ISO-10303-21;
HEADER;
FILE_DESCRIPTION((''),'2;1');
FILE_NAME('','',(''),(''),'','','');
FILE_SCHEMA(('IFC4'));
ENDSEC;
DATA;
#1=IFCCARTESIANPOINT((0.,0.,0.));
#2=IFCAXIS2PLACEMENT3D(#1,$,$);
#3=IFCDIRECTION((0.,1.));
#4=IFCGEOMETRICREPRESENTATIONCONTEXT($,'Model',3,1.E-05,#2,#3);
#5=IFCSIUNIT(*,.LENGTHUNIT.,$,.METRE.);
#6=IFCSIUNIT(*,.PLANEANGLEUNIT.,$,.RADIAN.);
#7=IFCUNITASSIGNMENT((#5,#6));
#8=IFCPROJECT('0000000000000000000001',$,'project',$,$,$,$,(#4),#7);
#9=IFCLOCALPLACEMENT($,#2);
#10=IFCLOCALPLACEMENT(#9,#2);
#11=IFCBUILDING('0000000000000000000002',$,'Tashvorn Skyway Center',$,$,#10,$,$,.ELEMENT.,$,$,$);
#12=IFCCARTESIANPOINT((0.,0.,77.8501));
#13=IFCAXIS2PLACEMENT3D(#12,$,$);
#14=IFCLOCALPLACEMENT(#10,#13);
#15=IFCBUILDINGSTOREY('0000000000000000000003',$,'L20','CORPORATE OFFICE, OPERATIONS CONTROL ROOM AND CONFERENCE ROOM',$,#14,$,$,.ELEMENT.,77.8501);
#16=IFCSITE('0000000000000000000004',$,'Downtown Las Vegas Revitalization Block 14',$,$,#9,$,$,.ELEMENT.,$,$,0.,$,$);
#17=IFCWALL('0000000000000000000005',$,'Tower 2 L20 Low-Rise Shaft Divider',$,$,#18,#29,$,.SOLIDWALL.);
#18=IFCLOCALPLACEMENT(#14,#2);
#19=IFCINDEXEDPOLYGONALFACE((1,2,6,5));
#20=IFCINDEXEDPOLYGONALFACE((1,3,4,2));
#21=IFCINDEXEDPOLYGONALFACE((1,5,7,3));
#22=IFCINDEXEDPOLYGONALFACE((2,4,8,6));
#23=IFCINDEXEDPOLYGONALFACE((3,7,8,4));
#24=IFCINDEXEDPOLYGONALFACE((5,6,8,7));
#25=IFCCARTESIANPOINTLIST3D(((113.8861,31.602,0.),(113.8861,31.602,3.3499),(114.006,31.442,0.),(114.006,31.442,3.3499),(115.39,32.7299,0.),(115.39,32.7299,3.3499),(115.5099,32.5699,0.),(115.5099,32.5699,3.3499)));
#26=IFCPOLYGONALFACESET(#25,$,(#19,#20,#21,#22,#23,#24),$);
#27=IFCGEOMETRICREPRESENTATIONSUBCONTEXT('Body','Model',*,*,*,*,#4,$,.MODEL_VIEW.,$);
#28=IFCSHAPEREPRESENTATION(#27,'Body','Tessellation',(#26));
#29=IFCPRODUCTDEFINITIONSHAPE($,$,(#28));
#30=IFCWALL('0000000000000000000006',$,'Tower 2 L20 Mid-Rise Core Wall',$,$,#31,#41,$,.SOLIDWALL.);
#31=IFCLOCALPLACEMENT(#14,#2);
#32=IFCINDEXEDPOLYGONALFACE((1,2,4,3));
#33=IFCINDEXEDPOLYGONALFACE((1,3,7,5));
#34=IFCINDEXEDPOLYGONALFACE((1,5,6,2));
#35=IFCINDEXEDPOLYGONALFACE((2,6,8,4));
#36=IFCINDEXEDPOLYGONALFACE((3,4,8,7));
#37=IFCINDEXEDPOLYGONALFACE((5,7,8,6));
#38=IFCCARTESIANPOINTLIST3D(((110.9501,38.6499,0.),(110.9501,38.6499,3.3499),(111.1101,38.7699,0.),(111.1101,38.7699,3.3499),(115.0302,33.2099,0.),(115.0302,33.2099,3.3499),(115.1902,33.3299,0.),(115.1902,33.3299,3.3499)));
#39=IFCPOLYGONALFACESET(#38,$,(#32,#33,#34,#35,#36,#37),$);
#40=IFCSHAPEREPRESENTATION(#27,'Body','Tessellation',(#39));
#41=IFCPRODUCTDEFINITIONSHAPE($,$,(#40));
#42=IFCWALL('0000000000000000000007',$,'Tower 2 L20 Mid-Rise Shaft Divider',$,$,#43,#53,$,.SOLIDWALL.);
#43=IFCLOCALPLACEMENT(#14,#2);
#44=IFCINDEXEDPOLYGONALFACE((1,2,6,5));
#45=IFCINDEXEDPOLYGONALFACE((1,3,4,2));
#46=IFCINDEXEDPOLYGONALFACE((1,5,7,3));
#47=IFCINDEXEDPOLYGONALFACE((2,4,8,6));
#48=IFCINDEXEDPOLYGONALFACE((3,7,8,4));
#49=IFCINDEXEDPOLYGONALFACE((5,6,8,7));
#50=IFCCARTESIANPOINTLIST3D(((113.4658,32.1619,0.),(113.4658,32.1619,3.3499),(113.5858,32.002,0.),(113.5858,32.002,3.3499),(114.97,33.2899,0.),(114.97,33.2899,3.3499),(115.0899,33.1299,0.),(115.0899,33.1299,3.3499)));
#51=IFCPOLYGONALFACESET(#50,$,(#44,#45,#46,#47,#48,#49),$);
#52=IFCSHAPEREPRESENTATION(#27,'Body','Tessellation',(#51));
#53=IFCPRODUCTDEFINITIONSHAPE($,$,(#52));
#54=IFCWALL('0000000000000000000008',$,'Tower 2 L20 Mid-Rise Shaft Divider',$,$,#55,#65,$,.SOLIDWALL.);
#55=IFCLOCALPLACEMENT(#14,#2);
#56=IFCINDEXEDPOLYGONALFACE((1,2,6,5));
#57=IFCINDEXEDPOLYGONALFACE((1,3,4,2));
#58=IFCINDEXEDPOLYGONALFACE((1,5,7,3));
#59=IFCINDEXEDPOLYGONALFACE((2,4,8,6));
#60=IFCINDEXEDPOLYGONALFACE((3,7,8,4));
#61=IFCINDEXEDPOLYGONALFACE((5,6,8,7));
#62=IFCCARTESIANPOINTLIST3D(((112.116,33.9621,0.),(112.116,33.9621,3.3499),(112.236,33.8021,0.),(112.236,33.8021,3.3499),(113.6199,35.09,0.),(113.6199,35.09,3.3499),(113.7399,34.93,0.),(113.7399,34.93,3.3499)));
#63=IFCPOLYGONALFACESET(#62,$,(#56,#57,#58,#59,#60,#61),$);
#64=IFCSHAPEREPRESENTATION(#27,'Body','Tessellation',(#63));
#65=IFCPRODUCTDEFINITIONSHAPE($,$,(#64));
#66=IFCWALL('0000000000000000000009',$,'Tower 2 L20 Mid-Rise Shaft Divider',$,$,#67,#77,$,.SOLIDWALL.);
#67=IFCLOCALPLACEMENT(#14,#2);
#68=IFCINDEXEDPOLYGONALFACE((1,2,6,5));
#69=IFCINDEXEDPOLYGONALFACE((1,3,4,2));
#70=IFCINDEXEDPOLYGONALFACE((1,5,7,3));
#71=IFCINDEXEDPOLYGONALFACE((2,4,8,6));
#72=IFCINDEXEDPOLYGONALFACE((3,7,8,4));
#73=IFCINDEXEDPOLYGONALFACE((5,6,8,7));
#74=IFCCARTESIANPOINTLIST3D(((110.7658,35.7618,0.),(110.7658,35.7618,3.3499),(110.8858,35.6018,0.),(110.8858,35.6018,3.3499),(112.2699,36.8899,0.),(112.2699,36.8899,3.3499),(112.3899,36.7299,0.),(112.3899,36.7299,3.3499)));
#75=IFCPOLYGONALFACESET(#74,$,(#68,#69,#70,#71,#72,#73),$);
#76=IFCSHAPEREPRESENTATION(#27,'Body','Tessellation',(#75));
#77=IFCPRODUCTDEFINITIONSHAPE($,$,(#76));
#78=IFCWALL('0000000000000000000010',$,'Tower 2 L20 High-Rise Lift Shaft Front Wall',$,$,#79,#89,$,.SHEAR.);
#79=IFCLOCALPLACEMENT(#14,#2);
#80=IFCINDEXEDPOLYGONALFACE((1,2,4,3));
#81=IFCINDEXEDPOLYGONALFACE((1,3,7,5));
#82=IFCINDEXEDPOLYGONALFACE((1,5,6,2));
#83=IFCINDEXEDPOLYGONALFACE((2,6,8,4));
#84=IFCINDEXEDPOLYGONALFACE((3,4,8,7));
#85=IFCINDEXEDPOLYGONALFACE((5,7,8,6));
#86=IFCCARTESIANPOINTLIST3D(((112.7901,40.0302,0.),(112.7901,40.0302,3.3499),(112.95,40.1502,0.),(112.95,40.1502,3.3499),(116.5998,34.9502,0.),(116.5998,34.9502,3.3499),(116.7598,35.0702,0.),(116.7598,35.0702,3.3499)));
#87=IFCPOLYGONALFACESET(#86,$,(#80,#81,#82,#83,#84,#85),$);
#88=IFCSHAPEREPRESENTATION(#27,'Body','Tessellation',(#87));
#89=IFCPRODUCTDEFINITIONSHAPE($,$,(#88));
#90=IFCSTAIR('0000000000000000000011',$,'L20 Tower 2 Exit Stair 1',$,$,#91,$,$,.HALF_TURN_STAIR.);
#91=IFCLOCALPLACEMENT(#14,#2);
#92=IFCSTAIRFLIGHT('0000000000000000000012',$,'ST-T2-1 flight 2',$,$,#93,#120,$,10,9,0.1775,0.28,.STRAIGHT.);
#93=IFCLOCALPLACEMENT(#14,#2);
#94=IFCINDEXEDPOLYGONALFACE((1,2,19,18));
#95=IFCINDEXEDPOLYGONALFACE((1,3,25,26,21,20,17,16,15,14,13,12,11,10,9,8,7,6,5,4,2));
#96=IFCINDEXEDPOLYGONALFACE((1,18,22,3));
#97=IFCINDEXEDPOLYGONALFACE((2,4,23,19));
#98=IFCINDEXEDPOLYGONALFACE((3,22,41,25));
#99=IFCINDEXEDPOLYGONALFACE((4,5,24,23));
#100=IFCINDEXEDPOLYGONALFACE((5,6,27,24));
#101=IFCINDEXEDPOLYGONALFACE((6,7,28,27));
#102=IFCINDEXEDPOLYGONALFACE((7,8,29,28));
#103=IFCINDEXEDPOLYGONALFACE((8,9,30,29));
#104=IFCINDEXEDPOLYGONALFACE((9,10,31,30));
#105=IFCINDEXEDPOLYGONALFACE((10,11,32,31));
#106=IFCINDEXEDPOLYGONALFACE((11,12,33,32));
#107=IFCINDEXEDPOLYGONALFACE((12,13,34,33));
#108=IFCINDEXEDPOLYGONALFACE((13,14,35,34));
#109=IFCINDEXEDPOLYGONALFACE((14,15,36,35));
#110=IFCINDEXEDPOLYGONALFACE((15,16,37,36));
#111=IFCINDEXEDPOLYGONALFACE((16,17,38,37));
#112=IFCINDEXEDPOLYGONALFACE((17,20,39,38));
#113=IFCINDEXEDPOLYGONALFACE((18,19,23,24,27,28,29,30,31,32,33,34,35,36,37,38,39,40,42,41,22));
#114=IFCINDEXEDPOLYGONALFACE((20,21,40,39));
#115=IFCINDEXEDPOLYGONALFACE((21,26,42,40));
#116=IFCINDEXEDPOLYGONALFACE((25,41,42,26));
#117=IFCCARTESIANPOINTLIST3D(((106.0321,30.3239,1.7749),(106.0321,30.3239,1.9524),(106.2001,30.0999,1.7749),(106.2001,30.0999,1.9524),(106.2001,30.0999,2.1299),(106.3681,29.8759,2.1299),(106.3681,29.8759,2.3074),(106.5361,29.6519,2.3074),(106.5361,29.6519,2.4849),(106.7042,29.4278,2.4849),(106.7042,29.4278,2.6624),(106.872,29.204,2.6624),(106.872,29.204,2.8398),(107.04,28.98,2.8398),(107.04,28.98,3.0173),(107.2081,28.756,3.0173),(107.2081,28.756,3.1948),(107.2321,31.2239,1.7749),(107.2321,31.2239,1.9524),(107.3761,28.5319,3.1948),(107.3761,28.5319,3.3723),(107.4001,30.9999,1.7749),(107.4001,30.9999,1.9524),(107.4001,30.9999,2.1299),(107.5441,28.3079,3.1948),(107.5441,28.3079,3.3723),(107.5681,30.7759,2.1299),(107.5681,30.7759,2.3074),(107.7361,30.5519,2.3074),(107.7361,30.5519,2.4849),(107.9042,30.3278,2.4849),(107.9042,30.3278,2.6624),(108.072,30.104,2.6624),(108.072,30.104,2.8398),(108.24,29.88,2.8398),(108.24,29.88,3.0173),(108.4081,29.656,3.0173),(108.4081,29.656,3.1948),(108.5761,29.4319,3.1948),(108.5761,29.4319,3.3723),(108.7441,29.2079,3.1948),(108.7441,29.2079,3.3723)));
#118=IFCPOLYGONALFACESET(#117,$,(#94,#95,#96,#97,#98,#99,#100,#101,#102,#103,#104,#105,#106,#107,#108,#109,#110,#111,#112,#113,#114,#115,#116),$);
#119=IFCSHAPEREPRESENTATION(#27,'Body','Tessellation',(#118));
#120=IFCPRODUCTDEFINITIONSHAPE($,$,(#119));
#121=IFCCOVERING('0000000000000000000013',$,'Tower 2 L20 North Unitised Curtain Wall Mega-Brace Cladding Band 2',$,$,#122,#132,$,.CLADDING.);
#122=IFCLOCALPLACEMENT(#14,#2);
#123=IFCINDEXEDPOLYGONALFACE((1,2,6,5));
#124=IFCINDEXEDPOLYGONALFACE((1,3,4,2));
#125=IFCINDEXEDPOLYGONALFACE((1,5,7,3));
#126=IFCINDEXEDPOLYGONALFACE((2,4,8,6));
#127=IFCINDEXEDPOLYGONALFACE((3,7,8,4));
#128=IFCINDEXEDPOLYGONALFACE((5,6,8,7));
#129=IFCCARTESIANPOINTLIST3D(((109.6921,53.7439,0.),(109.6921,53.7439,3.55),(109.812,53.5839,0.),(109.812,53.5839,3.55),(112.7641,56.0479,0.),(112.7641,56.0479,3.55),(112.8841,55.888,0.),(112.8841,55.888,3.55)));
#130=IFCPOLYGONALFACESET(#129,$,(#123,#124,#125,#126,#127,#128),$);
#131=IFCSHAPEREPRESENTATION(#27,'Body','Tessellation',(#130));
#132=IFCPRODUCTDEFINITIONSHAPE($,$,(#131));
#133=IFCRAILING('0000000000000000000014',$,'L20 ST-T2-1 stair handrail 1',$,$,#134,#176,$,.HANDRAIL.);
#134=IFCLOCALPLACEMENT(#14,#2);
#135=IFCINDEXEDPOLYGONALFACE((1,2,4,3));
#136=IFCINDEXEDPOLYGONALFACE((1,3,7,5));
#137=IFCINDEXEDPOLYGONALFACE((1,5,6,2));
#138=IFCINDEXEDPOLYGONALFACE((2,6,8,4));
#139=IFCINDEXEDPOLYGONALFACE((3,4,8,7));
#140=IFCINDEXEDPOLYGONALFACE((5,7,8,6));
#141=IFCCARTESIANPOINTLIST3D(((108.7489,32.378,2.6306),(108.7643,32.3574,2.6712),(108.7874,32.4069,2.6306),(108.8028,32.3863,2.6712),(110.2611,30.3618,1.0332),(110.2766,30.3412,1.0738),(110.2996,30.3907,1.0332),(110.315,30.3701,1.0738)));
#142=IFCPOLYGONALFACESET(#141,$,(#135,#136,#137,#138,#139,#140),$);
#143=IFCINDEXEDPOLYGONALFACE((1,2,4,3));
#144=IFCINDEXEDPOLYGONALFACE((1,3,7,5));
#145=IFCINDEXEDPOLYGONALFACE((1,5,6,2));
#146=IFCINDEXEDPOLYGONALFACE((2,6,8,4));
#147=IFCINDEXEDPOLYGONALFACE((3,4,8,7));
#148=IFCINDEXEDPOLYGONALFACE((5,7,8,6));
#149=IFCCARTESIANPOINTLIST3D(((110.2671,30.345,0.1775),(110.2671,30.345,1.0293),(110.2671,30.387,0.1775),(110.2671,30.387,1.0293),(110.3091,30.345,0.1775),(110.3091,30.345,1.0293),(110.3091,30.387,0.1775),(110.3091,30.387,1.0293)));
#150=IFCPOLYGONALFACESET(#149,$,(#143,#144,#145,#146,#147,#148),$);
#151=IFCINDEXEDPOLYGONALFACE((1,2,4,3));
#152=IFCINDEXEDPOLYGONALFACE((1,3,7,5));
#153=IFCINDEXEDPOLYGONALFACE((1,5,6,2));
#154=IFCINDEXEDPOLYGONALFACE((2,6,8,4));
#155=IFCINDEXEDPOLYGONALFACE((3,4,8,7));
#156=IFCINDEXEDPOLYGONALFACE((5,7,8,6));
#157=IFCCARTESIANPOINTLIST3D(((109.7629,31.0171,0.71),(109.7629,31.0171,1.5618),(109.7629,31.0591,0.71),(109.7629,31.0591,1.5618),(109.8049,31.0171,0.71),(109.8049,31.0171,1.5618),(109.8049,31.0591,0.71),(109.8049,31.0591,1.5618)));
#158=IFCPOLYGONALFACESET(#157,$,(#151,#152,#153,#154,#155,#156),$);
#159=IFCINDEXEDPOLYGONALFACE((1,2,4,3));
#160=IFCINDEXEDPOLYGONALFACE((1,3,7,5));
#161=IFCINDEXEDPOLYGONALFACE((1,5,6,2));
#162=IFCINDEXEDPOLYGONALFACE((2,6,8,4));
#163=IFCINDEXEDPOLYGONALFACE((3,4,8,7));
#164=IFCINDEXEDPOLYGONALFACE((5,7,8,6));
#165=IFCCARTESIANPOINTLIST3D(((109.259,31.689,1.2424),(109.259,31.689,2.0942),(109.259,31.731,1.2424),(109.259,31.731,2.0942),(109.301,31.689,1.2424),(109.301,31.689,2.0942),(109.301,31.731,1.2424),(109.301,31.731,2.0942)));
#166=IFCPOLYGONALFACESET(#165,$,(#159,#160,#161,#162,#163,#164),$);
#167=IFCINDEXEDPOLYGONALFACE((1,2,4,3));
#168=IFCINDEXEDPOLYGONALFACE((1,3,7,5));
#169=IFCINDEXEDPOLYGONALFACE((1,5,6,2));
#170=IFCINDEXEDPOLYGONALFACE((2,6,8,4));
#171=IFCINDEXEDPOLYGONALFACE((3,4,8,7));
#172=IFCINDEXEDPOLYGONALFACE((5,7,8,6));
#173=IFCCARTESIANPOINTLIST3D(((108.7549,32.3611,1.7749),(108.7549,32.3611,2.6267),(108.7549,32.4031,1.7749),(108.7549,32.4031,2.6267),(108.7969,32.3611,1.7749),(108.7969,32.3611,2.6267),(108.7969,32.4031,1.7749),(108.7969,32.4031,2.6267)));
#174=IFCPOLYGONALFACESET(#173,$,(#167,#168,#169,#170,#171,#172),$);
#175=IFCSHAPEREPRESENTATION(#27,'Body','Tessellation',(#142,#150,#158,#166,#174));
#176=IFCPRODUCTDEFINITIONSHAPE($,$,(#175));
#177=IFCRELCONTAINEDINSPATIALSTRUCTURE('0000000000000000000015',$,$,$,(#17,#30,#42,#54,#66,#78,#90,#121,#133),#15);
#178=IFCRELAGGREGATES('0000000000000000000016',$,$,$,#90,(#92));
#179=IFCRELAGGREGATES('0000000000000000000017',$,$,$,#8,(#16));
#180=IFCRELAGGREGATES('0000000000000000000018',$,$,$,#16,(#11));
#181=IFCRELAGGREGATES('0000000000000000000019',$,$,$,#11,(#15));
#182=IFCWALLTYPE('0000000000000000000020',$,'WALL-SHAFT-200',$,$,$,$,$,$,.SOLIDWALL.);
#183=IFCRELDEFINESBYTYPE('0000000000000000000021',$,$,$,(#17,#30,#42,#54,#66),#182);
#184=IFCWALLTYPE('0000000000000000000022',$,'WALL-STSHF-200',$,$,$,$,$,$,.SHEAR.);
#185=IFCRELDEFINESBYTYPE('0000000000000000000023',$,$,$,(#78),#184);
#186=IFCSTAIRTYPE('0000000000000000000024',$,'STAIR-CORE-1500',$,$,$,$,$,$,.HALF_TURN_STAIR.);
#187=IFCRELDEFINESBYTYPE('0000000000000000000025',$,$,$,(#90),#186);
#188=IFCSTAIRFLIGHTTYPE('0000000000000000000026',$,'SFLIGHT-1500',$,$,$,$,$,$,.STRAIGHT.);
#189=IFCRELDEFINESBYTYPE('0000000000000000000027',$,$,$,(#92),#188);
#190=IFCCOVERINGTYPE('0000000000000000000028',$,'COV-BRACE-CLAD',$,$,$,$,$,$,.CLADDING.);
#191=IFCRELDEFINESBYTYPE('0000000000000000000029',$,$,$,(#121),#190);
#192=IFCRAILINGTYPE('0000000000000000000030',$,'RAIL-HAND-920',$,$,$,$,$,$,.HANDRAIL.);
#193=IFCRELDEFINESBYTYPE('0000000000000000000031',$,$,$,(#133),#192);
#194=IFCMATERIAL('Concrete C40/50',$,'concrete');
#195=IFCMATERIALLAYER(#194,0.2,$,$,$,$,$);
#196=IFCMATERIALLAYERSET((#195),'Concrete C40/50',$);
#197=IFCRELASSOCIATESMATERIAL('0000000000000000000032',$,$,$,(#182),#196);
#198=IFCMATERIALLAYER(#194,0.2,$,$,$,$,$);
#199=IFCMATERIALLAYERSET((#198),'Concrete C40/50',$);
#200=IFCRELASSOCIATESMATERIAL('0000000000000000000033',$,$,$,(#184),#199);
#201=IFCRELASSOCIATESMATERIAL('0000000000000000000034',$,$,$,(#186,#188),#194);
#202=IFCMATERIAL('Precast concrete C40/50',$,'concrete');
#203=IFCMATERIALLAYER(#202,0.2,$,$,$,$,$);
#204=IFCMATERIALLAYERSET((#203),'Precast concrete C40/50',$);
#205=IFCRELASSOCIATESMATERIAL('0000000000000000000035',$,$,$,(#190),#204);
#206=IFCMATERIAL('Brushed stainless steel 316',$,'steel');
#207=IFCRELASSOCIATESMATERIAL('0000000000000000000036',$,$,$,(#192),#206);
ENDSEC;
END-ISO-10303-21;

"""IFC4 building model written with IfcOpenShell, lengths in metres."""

from ifc_helpers import new_model, si_unit, direction, frame, frame_2d, origin, origin_2d, place, context, subcontext, project, spatial, polyline, rectangle, outline, extrude, material, layer, layer_set, type_object, element, aggregate, save


model = new_model("IFC4")

# Units and contexts
model_context = context("Model", 3, precision=1e-05, world=origin(), true_north=direction((0.0, 1.0)))
body_context = subcontext(model_context, "Body", "Model", "MODEL_VIEW")
ifc_project = project(units=[si_unit("LENGTHUNIT", "METRE"), si_unit("PLANEANGLEUNIT", "RADIAN")], contexts=[model_context])

# Site, building, storey
site_placement = place(None, origin())
site = spatial("IfcSite", under=ifc_project, at=site_placement, Name="Downtown Las Vegas Revitalization Block 14", CompositionType="ELEMENT", RefElevation=0.0)
building_placement = place(site_placement, origin())
building = spatial("IfcBuilding", under=site, at=building_placement, Name="Tashvorn Skyway Center", CompositionType="ELEMENT")
storey_placement = place(building_placement, frame((0.0, 0.0, 77.8501)))
storey = spatial("IfcBuildingStorey", under=building, at=storey_placement, Name="L20", Description="CORPORATE OFFICE, OPERATIONS CONTROL ROOM AND CONFERENCE ROOM", CompositionType="ELEMENT", Elevation=77.8501)

# Shared definitions
ifc_material_1 = material(Name="Concrete C40/50", Category="concrete")

# Walls
ifc_layer_1 = layer(ifc_material_1, 0.2)
ifc_layer_set_1 = layer_set([ifc_layer_1], Name="Concrete C40/50")
wall_type_1 = type_object("IfcWallType", Name="WALL-SHAFT-200", PredefinedType="SOLIDWALL", material=ifc_layer_set_1)
wall_1_placement = place(storey_placement, frame((113.946, 31.522, 0.0), z_axis=(0.0, 0.0, 1.0), x_axis=(0.8, 0.6, 0.0)))
element("IfcWall", 1, at=wall_1_placement, inside=storey, type_object=wall_type_1, Name="Tower 2 L20 Low-Rise Shaft Divider", PredefinedType="SOLIDWALL", context=body_context, shape_type="SweptSolid", body=[
    extrude(rectangle(XDim=1.8799, YDim=0.2, at=frame_2d((0.9399, 0.0))), origin(), (0.0, 0.0, 1.0), 3.3499),
])
wall_2_placement = place(storey_placement, frame((115.1101, 33.27, 0.0), z_axis=(0.0, 0.0, 1.0), x_axis=(-0.600011, 0.799991, 0.0)))
element("IfcWall", 2, at=wall_2_placement, inside=storey, type_object=wall_type_1, Name="Tower 2 L20 Mid-Rise Core Wall", PredefinedType="SOLIDWALL", context=body_context, shape_type="SweptSolid", body=[
    extrude(rectangle(XDim=6.8, YDim=0.2, at=frame_2d((3.3999, 0.0))), origin(), (0.0, 0.0, 1.0), 3.3499),
])
wall_3_placement = place(storey_placement, frame((113.5259, 32.082, 0.0), z_axis=(0.0, 0.0, 1.0), x_axis=(0.800047, 0.599938, 0.0)))
element("IfcWall", 3, at=wall_3_placement, inside=storey, type_object=wall_type_1, Name="Tower 2 L20 Mid-Rise Shaft Divider", PredefinedType="SOLIDWALL", context=body_context, shape_type="SweptSolid", body=[
    extrude(rectangle(XDim=1.8801, YDim=0.2, at=frame_2d((0.9399, 0.0))), origin(), (0.0, 0.0, 1.0), 3.3499),
])
wall_4_placement = place(storey_placement, frame((112.176, 33.8821, 0.0), z_axis=(0.0, 0.0, 1.0), x_axis=(0.8, 0.6, 0.0)))
element("IfcWall", 4, at=wall_4_placement, inside=storey, type_object=wall_type_1, Name="Tower 2 L20 Mid-Rise Shaft Divider", PredefinedType="SOLIDWALL", context=body_context, shape_type="SweptSolid", body=[
    extrude(rectangle(XDim=1.8799, YDim=0.2, at=frame_2d((0.9399, 0.0))), origin(), (0.0, 0.0, 1.0), 3.3499),
])
wall_5_placement = place(storey_placement, frame((110.8259, 35.6819, 0.0), z_axis=(0.0, 0.0, 1.0), x_axis=(0.799984, 0.600021, 0.0)))
element("IfcWall", 5, at=wall_5_placement, inside=storey, type_object=wall_type_1, Name="Tower 2 L20 Mid-Rise Shaft Divider", PredefinedType="SOLIDWALL", context=body_context, shape_type="SweptSolid", body=[
    extrude(rectangle(XDim=1.8801, YDim=0.2, at=frame_2d((0.9399, 0.0))), origin(), (0.0, 0.0, 1.0), 3.3499),
])
ifc_layer_2 = layer(ifc_material_1, 0.2)
ifc_layer_set_2 = layer_set([ifc_layer_2], Name="Concrete C40/50")
wall_type_2 = type_object("IfcWallType", Name="WALL-STSHF-200", PredefinedType="SHEAR", material=ifc_layer_set_2)
wall_6_placement = place(storey_placement, frame((112.8701, 40.0901, 0.0), z_axis=(0.0, 0.0, 1.0), x_axis=(0.599975, -0.800018, 0.0)))
element("IfcWall", 6, at=wall_6_placement, inside=storey, type_object=wall_type_2, Name="Tower 2 L20 High-Rise Lift Shaft Front Wall", PredefinedType="SHEAR", context=body_context, shape_type="SweptSolid", body=[
    extrude(rectangle(XDim=6.3499, YDim=0.2, at=frame_2d((3.1748, 0.0))), origin(), (0.0, 0.0, 1.0), 3.3499),
])

# Stair, stair flight
stair_type = type_object("IfcStairType", Name="STAIR-CORE-1500", PredefinedType="HALF_TURN_STAIR", material=ifc_material_1)
stair_placement = place(storey_placement, origin())
stair = element("IfcStair", 7, at=stair_placement, inside=storey, type_object=stair_type, Name="L20 Tower 2 Exit Stair 1", PredefinedType="HALF_TURN_STAIR")
stair_flight_type = type_object("IfcStairFlightType", Name="SFLIGHT-1500", PredefinedType="STRAIGHT", material=ifc_material_1)
stair_flight_placement = place(storey_placement, frame((106.6321, 30.7739, 1.7749), z_axis=(0.0, 0.0, 1.0), x_axis=(0.6, -0.8, 0.0)))
stair_flight = element("IfcStairFlight", 8, at=stair_flight_placement, type_object=stair_flight_type, Name="ST-T2-1 flight 2", NumberOfRisers=10, NumberOfTreads=9, PredefinedType="STRAIGHT", RiserHeight=0.1775, TreadLength=0.28, context=body_context, shape_type="SweptSolid", body=[
    extrude(outline(polyline([(0.0, 0.0), (0.0, 0.1775), (0.28, 0.1775), (0.28, 0.355), (0.5601, 0.355), (0.5601, 0.5325), (0.8401, 0.5325), (0.8401, 0.71), (1.1201, 0.71), (1.1201, 0.8875), (1.3999, 0.8875), (1.3999, 1.0649), (1.6799, 1.0649), (1.6799, 1.2424), (1.96, 1.2424), (1.96, 1.4199), (2.24, 1.4199), (2.24, 1.5974), (2.52, 1.5974), (2.52, 1.7749), (2.52, 1.4199), (0.28, 0.0), (0.0, 0.0)])), frame((0.0, 0.75, 0.0), z_axis=(0.0, -1.0, 0.0), x_axis=(1.0, 0.0, 0.0)), (0.0, 0.0, 1.0), 1.5),
])
aggregate(stair, [stair_flight])

# Covering
ifc_material_2 = material(Name="Precast concrete C40/50", Category="concrete")
ifc_layer_3 = layer(ifc_material_2, 0.2)
ifc_layer_set_3 = layer_set([ifc_layer_3], Name="Precast concrete C40/50")
covering_type = type_object("IfcCoveringType", Name="COV-BRACE-CLAD", PredefinedType="CLADDING", material=ifc_layer_set_3)
covering_placement = place(storey_placement, frame((111.2881, 54.8159, 0.0), z_axis=(0.0, 0.0, 1.0), x_axis=(0.8, 0.6, 0.0)))
element("IfcCovering", 9, at=covering_placement, inside=storey, type_object=covering_type, Name="Tower 2 L20 North Unitised Curtain Wall Mega-Brace Cladding Band 2", PredefinedType="CLADDING", context=body_context, shape_type="SweptSolid", body=[
    extrude(rectangle(XDim=3.8401, YDim=0.2, at=origin_2d()), origin(), (0.0, 0.0, 1.0), 3.55),
])

# Railing
ifc_material_3 = material(Name="Brushed stainless steel 316", Category="steel")
railing_type_1 = type_object("IfcRailingType", Name="RAIL-HAND-920", PredefinedType="HANDRAIL", material=ifc_material_3)
railing_1_placement = place(storey_placement, frame((110.2881, 30.366, 0.1775)))
element("IfcRailing", 10, at=railing_1_placement, inside=storey, type_object=railing_type_1, Name="L20 ST-T2-1 stair handrail 1", PredefinedType="HANDRAIL", context=body_context, shape_type="SweptSolid", body=[
    extrude(rectangle(XDim=0.0481, YDim=0.0481, at=origin_2d()), frame((0.0, 0.0, 0.876), z_axis=(-0.506802, 0.675681, 0.535357), x_axis=(-0.799977, -0.600031, 0.0)), (0.0, 0.0, 1.0), 2.9839),
    extrude(rectangle(XDim=0.042, YDim=0.042, at=origin_2d()), origin(), (0.0, 0.0, 1.0), 0.8518),
    extrude(rectangle(XDim=0.042, YDim=0.042, at=origin_2d()), frame((-0.5042, 0.6721, 0.5325)), (0.0, 0.0, 1.0), 0.8518),
    extrude(rectangle(XDim=0.042, YDim=0.042, at=origin_2d()), frame((-1.0081, 1.344, 1.0649)), (0.0, 0.0, 1.0), 0.8518),
    extrude(rectangle(XDim=0.042, YDim=0.042, at=origin_2d()), frame((-1.5122, 2.0161, 1.5974)), (0.0, 0.0, 1.0), 0.8518),
])

save(model, "model.ifc")
